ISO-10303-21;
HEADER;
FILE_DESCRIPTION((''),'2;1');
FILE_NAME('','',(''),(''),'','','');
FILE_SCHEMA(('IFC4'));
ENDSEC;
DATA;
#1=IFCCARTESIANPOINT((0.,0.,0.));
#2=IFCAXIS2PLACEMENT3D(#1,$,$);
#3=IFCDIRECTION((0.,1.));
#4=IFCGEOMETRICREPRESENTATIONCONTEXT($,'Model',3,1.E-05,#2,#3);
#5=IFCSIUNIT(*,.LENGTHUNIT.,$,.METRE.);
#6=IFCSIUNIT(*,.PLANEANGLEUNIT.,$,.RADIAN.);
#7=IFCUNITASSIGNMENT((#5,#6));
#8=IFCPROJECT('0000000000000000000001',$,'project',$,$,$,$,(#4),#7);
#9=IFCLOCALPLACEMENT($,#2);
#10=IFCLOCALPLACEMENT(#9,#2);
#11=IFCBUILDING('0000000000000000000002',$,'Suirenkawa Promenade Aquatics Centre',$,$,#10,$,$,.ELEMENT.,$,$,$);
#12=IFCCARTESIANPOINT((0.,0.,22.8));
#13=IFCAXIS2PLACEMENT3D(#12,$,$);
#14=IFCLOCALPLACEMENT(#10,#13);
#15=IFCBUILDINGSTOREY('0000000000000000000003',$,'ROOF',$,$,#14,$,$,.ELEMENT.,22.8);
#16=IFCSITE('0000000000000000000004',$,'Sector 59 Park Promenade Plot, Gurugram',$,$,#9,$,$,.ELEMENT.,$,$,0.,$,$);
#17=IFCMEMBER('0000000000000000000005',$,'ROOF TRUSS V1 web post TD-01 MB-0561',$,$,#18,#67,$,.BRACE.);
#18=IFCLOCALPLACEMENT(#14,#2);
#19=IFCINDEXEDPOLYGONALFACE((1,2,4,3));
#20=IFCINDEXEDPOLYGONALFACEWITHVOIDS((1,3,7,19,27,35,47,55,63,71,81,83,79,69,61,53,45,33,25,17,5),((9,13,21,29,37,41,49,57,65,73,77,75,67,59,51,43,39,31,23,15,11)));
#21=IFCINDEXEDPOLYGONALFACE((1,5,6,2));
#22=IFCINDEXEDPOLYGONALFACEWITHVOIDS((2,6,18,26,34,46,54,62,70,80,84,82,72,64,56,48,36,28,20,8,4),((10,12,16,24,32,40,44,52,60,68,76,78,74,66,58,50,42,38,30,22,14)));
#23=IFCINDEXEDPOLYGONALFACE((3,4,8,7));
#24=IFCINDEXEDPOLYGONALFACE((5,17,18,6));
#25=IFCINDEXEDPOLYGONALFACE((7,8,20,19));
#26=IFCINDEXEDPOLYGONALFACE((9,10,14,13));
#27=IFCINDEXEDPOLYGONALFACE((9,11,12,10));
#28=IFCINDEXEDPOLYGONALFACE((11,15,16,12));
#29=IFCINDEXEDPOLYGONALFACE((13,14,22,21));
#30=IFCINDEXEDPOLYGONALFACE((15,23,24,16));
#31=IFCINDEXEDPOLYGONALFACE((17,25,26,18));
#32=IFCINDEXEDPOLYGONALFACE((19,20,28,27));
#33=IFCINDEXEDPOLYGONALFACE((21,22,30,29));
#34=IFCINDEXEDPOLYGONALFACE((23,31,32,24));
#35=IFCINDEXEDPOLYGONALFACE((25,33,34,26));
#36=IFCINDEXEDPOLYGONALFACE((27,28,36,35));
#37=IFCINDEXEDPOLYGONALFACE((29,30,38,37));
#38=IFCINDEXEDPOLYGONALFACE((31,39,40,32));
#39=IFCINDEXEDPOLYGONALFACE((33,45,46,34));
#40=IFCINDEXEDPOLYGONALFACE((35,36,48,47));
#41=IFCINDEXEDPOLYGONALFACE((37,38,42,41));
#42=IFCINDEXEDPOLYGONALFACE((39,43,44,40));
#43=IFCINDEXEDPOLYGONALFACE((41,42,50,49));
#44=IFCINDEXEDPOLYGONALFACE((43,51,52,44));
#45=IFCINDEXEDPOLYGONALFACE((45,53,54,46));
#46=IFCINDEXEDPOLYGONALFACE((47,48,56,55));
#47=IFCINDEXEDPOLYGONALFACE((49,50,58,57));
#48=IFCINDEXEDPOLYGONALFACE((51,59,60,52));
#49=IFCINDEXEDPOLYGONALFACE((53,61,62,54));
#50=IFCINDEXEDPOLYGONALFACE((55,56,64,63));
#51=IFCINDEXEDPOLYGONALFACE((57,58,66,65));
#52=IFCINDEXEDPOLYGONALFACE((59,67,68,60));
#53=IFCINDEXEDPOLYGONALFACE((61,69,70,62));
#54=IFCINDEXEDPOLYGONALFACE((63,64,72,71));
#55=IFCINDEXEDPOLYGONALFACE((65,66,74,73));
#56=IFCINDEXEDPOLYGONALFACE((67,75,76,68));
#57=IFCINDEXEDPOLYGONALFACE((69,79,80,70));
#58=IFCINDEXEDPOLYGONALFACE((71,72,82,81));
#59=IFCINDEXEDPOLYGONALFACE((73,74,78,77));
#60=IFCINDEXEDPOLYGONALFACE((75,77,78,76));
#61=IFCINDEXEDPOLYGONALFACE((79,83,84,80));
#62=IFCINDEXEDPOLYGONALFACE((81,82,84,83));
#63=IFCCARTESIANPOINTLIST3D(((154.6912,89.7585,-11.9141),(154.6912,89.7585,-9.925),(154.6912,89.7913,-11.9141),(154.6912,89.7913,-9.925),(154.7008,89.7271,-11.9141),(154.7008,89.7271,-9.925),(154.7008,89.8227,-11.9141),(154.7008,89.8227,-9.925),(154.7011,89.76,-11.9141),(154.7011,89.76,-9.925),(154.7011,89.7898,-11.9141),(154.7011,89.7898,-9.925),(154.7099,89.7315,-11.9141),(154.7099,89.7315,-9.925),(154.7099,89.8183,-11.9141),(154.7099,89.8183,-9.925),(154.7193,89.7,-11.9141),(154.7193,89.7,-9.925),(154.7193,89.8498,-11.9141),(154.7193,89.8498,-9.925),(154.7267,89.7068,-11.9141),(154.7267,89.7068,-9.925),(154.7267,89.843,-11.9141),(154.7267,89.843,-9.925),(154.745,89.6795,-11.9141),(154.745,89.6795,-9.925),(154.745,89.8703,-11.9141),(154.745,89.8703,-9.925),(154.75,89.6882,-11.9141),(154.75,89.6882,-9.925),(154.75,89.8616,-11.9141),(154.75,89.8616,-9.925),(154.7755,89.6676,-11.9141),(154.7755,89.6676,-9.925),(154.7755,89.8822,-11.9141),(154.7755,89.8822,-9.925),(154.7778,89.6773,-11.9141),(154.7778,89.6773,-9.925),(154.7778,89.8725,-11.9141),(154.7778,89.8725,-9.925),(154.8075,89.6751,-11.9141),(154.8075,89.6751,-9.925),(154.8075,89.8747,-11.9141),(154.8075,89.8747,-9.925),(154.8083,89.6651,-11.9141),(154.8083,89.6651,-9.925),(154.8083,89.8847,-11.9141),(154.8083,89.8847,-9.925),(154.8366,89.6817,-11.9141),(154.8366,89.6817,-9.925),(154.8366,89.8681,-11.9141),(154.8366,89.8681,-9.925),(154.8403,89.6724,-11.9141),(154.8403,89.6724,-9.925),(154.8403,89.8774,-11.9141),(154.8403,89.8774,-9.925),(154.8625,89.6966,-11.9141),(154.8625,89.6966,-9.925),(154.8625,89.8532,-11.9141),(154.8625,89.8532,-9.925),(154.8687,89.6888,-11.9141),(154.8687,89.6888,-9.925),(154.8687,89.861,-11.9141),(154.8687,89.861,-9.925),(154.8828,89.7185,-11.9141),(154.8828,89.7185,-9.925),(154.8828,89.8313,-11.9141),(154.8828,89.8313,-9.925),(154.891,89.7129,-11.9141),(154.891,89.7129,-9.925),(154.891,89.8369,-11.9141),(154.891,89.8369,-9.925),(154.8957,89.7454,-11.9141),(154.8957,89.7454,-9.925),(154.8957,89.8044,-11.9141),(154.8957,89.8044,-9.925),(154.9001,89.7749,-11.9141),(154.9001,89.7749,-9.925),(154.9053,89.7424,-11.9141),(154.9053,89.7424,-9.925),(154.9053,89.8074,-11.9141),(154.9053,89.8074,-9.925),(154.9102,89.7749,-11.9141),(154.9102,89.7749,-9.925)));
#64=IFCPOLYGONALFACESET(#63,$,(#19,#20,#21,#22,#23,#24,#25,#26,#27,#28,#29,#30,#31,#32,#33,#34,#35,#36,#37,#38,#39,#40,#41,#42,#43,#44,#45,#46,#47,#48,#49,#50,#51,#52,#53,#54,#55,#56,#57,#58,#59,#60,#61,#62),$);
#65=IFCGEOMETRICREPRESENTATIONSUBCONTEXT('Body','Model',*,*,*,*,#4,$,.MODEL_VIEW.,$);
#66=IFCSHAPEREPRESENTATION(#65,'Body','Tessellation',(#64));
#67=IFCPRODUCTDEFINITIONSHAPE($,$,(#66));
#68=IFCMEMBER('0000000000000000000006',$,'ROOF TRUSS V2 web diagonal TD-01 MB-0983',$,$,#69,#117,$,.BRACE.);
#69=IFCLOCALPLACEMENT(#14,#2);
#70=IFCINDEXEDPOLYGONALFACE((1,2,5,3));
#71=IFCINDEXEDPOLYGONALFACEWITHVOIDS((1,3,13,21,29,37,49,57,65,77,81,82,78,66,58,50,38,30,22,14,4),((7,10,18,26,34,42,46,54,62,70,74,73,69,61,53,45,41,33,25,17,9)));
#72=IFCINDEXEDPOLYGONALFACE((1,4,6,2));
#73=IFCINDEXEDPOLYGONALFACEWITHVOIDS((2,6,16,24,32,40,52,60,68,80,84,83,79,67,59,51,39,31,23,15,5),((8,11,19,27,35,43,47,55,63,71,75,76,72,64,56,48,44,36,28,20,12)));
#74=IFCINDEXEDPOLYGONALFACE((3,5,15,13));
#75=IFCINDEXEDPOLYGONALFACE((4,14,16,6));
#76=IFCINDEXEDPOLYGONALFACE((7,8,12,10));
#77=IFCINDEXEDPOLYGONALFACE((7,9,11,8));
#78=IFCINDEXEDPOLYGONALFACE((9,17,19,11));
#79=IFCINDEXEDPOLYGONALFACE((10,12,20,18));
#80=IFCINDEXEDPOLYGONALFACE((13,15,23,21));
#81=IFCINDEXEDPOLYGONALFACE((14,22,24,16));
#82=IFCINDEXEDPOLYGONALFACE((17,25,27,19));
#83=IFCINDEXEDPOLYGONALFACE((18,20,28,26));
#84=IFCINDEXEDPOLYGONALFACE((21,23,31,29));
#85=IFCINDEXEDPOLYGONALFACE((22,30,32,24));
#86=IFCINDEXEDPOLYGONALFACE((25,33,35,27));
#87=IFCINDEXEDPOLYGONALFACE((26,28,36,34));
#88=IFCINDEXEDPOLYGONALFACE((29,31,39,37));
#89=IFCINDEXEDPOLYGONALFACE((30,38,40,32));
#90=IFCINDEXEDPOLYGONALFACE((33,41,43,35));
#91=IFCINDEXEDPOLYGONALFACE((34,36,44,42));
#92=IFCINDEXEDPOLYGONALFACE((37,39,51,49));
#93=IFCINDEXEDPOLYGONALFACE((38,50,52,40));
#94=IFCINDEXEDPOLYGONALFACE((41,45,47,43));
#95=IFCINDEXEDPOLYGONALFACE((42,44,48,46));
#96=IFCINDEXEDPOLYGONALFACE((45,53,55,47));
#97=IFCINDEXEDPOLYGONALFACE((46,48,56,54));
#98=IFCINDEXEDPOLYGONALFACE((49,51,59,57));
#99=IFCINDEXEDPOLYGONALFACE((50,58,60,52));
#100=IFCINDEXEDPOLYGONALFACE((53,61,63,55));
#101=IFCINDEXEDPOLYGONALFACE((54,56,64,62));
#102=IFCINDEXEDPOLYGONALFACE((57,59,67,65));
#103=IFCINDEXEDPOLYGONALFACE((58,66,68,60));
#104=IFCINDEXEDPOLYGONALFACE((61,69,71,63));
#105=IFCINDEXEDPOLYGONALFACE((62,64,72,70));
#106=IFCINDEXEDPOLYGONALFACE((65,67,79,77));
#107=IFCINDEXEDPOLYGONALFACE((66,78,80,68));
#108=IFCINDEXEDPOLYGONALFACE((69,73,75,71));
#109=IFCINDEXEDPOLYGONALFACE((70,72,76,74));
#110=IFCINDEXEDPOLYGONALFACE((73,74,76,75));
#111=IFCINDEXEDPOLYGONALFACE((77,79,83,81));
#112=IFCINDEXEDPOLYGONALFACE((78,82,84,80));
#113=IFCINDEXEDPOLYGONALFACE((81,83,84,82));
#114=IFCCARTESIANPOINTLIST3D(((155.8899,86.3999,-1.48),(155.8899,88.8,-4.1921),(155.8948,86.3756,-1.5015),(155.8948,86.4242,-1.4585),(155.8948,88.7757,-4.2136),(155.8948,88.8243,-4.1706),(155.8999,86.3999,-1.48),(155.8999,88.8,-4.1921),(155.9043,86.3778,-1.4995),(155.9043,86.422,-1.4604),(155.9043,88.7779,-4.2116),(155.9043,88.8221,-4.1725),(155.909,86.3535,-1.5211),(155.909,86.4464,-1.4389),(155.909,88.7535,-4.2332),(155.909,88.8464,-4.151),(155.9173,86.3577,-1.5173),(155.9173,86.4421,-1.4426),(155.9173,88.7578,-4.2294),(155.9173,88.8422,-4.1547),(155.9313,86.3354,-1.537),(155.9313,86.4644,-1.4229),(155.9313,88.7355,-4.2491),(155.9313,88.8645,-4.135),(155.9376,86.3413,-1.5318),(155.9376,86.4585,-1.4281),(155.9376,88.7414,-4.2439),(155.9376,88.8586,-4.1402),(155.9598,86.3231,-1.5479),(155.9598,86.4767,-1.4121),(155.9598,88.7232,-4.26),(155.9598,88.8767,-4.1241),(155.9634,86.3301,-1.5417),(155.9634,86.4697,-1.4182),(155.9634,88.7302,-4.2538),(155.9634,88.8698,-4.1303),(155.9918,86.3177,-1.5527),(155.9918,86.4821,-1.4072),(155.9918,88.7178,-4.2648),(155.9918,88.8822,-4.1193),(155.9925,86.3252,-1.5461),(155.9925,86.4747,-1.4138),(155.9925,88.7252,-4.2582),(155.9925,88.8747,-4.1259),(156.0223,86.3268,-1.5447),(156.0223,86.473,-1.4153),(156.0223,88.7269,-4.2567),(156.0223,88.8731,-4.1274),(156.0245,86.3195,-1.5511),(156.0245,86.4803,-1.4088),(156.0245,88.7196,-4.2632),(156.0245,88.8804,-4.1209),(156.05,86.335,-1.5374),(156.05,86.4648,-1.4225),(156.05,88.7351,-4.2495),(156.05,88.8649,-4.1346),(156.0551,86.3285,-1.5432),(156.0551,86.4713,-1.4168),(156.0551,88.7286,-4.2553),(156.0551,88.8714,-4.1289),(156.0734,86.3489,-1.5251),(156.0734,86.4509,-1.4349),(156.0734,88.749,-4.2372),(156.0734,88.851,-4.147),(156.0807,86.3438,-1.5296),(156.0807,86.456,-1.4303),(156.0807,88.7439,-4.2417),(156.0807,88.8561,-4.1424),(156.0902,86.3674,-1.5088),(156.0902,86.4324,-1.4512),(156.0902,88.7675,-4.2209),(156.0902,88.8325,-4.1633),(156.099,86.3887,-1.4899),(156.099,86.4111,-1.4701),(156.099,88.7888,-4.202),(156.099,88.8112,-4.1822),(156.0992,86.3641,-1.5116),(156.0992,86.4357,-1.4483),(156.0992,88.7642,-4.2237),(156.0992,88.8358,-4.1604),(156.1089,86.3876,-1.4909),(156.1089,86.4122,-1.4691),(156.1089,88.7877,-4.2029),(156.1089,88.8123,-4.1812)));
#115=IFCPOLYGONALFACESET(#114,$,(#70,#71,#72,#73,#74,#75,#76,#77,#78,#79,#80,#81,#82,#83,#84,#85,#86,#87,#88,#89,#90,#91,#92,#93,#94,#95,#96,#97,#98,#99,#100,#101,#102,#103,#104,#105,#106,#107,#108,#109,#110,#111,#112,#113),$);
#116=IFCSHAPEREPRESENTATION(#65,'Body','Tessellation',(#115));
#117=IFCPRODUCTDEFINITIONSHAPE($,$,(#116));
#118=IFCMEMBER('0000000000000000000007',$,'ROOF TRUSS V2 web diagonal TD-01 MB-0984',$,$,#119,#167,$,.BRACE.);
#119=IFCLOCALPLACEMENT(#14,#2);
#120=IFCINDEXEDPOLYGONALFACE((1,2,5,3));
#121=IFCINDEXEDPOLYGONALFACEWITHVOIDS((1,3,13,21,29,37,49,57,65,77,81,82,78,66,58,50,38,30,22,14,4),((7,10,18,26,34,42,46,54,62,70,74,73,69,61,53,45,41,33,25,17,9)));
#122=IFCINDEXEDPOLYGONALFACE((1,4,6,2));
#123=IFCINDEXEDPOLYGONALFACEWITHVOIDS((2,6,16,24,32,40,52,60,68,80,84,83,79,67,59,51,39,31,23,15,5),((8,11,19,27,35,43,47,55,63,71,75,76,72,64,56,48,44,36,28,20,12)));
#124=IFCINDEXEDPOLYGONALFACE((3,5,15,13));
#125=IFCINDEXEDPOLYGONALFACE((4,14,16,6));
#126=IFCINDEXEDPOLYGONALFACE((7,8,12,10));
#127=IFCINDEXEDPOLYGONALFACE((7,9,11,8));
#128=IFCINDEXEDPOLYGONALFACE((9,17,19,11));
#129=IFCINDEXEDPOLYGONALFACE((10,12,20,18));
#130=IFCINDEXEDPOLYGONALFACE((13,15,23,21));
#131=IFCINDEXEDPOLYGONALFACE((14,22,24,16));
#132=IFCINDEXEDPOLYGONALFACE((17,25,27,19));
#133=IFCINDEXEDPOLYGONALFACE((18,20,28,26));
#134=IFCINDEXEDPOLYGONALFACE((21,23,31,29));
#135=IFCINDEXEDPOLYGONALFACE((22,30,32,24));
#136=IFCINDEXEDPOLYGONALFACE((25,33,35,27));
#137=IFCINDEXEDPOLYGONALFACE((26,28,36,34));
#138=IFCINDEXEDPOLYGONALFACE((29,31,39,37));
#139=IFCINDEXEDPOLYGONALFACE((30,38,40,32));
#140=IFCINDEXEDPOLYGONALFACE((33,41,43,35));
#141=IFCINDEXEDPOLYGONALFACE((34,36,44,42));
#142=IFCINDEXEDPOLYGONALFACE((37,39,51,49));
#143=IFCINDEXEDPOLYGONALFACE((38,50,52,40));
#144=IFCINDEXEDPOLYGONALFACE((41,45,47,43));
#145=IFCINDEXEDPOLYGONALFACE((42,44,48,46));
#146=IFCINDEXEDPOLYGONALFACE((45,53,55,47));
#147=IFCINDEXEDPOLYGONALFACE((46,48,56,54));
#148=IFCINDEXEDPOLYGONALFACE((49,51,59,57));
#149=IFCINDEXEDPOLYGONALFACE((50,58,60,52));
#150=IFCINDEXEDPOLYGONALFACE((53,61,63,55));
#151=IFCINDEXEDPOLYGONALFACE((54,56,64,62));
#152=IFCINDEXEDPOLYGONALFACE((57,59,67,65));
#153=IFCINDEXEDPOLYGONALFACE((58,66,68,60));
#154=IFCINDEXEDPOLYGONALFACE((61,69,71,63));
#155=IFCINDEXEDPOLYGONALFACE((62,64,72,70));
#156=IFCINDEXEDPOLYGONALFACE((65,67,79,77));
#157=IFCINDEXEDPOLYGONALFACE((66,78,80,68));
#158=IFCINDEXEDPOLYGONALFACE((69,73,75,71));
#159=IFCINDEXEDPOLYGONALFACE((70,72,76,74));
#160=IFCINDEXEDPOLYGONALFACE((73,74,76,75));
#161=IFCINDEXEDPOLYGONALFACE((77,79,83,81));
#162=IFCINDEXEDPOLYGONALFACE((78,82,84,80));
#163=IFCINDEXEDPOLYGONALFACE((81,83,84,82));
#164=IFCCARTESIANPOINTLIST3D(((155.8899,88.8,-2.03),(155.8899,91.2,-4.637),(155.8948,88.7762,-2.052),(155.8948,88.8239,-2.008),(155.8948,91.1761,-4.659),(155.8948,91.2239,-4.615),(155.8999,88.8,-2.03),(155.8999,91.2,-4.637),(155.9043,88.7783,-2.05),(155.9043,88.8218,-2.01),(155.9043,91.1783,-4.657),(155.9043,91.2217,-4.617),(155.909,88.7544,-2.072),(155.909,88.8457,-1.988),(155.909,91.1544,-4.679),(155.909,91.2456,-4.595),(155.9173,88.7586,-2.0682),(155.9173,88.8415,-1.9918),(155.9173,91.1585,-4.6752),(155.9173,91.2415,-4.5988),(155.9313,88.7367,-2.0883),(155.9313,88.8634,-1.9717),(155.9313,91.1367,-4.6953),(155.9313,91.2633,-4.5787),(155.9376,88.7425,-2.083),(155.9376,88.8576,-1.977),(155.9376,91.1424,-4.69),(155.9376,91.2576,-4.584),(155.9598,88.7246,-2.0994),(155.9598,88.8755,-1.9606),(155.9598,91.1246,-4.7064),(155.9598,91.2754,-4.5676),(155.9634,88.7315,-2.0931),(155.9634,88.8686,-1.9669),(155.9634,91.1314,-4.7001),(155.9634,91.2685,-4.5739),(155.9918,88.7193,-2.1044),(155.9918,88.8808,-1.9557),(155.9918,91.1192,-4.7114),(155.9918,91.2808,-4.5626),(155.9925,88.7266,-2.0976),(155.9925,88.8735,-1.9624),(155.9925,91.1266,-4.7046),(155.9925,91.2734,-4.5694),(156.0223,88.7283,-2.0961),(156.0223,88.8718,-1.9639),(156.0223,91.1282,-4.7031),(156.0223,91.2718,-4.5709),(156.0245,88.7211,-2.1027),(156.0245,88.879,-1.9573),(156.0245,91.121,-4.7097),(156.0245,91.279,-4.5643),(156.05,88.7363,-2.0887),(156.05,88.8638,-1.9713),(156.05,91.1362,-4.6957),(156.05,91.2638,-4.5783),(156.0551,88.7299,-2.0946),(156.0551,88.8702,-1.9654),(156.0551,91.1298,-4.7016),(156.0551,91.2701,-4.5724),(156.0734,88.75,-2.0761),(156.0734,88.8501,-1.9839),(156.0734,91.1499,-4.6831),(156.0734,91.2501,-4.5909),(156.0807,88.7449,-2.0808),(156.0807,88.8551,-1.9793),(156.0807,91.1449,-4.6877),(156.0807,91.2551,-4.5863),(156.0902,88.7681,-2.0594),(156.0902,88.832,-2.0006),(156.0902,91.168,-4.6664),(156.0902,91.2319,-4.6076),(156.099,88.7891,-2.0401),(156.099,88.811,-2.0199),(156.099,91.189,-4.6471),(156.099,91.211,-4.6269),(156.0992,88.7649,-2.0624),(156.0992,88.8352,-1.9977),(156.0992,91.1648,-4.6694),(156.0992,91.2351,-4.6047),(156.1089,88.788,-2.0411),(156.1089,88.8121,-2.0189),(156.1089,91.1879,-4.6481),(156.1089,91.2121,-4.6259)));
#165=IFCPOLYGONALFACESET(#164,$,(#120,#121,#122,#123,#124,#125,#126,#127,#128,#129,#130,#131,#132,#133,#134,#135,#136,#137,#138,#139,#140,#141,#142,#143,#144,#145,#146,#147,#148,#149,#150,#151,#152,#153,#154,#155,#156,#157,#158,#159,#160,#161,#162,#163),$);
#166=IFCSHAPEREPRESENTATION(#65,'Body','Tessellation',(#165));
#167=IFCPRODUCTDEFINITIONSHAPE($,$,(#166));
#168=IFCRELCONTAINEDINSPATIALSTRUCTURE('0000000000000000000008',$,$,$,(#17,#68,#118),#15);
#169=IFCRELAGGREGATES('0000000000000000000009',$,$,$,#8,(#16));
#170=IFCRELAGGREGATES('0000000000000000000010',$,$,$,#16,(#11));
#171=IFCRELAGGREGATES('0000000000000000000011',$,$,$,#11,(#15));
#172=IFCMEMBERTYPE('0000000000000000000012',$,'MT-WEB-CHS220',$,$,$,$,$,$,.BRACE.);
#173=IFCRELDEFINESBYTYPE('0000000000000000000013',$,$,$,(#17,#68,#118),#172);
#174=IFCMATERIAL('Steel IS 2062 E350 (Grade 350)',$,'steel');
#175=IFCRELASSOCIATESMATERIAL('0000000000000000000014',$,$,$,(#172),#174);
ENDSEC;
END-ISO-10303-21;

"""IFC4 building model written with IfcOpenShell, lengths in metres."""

from ifc_helpers import new_model, si_unit, direction, frame, origin, origin_2d, place, context, subcontext, project, spatial, hollow_circle, extrude, material, material_profile, profile_set, type_object, element, save


model = new_model("IFC4")

# Units and contexts
model_context = context("Model", 3, precision=1e-05, world=origin(), true_north=direction((0.0, 1.0)))
body_context = subcontext(model_context, "Body", "Model", "MODEL_VIEW")
ifc_project = project(units=[si_unit("LENGTHUNIT", "METRE"), si_unit("PLANEANGLEUNIT", "RADIAN")], contexts=[model_context])

# Site, building, storey
site_placement = place(None, origin())
site = spatial("IfcSite", under=ifc_project, at=site_placement, Name="Sector 59 Park Promenade Plot, Gurugram", CompositionType="ELEMENT", RefElevation=0.0)
building_placement = place(site_placement, origin())
building = spatial("IfcBuilding", under=site, at=building_placement, Name="Suirenkawa Promenade Aquatics Centre", CompositionType="ELEMENT")
storey_placement = place(building_placement, frame((0.0, 0.0, 22.8)))
storey = spatial("IfcBuildingStorey", under=building, at=storey_placement, Name="ROOF", CompositionType="ELEMENT", Elevation=22.8)

# Shared definitions
ifc_material_1 = material(Name="Steel IS 2062 E350 (Grade 350)", Category="steel")

# Members
ifc_material_profile_1 = material_profile(ifc_material_1, hollow_circle(Radius=0.1101, WallThickness=0.01, at=origin_2d()), Name="CHS 220x10", Category="steel")
ifc_profile_set_1 = profile_set([ifc_material_profile_1], Name="Steel IS 2062 E350 (Grade 350)")
member_type_1 = type_object("IfcMemberType", Name="MT-WEB-CHS220", PredefinedType="BRACE", material=ifc_profile_set_1)
member_1_placement = place(storey_placement, frame((154.8, 89.7749, -11.9141), z_axis=(0.0, 0.0, 1.0), x_axis=(1.0, 0.0, 0.0)))
element("IfcMember", 1, at=member_1_placement, inside=storey, type_object=member_type_1, Name="ROOF TRUSS V1 web post TD-01 MB-0561", PredefinedType="BRACE", context=body_context, shape_type="SweptSolid", body=[
    extrude(hollow_circle(Radius=0.1101, WallThickness=0.01, at=origin_2d()), origin(), (0.0, 0.0, 1.0), 1.989),
])
member_2_placement = place(storey_placement, frame((156.0, 86.3999, -1.48), z_axis=(0.0, 0.662718, -0.748869), x_axis=(-1.0, 0.0, 0.0)))
element("IfcMember", 2, at=member_2_placement, inside=storey, type_object=member_type_1, Name="ROOF TRUSS V2 web diagonal TD-01 MB-0983", PredefinedType="BRACE", context=body_context, shape_type="SweptSolid", body=[
    extrude(hollow_circle(Radius=0.1101, WallThickness=0.01, at=origin_2d()), origin(), (0.0, 0.0, 1.0), 3.6216),
])
member_3_placement = place(storey_placement, frame((156.0, 88.8, -2.03), z_axis=(0.0, 0.677289, -0.735717), x_axis=(-1.0, 0.0, 0.0)))
element("IfcMember", 3, at=member_3_placement, inside=storey, type_object=member_type_1, Name="ROOF TRUSS V2 web diagonal TD-01 MB-0984", PredefinedType="BRACE", context=body_context, shape_type="SweptSolid", body=[
    extrude(hollow_circle(Radius=0.1101, WallThickness=0.01, at=origin_2d()), origin(), (0.0, 0.0, 1.0), 3.5435),
])

save(model, "model.ifc")
